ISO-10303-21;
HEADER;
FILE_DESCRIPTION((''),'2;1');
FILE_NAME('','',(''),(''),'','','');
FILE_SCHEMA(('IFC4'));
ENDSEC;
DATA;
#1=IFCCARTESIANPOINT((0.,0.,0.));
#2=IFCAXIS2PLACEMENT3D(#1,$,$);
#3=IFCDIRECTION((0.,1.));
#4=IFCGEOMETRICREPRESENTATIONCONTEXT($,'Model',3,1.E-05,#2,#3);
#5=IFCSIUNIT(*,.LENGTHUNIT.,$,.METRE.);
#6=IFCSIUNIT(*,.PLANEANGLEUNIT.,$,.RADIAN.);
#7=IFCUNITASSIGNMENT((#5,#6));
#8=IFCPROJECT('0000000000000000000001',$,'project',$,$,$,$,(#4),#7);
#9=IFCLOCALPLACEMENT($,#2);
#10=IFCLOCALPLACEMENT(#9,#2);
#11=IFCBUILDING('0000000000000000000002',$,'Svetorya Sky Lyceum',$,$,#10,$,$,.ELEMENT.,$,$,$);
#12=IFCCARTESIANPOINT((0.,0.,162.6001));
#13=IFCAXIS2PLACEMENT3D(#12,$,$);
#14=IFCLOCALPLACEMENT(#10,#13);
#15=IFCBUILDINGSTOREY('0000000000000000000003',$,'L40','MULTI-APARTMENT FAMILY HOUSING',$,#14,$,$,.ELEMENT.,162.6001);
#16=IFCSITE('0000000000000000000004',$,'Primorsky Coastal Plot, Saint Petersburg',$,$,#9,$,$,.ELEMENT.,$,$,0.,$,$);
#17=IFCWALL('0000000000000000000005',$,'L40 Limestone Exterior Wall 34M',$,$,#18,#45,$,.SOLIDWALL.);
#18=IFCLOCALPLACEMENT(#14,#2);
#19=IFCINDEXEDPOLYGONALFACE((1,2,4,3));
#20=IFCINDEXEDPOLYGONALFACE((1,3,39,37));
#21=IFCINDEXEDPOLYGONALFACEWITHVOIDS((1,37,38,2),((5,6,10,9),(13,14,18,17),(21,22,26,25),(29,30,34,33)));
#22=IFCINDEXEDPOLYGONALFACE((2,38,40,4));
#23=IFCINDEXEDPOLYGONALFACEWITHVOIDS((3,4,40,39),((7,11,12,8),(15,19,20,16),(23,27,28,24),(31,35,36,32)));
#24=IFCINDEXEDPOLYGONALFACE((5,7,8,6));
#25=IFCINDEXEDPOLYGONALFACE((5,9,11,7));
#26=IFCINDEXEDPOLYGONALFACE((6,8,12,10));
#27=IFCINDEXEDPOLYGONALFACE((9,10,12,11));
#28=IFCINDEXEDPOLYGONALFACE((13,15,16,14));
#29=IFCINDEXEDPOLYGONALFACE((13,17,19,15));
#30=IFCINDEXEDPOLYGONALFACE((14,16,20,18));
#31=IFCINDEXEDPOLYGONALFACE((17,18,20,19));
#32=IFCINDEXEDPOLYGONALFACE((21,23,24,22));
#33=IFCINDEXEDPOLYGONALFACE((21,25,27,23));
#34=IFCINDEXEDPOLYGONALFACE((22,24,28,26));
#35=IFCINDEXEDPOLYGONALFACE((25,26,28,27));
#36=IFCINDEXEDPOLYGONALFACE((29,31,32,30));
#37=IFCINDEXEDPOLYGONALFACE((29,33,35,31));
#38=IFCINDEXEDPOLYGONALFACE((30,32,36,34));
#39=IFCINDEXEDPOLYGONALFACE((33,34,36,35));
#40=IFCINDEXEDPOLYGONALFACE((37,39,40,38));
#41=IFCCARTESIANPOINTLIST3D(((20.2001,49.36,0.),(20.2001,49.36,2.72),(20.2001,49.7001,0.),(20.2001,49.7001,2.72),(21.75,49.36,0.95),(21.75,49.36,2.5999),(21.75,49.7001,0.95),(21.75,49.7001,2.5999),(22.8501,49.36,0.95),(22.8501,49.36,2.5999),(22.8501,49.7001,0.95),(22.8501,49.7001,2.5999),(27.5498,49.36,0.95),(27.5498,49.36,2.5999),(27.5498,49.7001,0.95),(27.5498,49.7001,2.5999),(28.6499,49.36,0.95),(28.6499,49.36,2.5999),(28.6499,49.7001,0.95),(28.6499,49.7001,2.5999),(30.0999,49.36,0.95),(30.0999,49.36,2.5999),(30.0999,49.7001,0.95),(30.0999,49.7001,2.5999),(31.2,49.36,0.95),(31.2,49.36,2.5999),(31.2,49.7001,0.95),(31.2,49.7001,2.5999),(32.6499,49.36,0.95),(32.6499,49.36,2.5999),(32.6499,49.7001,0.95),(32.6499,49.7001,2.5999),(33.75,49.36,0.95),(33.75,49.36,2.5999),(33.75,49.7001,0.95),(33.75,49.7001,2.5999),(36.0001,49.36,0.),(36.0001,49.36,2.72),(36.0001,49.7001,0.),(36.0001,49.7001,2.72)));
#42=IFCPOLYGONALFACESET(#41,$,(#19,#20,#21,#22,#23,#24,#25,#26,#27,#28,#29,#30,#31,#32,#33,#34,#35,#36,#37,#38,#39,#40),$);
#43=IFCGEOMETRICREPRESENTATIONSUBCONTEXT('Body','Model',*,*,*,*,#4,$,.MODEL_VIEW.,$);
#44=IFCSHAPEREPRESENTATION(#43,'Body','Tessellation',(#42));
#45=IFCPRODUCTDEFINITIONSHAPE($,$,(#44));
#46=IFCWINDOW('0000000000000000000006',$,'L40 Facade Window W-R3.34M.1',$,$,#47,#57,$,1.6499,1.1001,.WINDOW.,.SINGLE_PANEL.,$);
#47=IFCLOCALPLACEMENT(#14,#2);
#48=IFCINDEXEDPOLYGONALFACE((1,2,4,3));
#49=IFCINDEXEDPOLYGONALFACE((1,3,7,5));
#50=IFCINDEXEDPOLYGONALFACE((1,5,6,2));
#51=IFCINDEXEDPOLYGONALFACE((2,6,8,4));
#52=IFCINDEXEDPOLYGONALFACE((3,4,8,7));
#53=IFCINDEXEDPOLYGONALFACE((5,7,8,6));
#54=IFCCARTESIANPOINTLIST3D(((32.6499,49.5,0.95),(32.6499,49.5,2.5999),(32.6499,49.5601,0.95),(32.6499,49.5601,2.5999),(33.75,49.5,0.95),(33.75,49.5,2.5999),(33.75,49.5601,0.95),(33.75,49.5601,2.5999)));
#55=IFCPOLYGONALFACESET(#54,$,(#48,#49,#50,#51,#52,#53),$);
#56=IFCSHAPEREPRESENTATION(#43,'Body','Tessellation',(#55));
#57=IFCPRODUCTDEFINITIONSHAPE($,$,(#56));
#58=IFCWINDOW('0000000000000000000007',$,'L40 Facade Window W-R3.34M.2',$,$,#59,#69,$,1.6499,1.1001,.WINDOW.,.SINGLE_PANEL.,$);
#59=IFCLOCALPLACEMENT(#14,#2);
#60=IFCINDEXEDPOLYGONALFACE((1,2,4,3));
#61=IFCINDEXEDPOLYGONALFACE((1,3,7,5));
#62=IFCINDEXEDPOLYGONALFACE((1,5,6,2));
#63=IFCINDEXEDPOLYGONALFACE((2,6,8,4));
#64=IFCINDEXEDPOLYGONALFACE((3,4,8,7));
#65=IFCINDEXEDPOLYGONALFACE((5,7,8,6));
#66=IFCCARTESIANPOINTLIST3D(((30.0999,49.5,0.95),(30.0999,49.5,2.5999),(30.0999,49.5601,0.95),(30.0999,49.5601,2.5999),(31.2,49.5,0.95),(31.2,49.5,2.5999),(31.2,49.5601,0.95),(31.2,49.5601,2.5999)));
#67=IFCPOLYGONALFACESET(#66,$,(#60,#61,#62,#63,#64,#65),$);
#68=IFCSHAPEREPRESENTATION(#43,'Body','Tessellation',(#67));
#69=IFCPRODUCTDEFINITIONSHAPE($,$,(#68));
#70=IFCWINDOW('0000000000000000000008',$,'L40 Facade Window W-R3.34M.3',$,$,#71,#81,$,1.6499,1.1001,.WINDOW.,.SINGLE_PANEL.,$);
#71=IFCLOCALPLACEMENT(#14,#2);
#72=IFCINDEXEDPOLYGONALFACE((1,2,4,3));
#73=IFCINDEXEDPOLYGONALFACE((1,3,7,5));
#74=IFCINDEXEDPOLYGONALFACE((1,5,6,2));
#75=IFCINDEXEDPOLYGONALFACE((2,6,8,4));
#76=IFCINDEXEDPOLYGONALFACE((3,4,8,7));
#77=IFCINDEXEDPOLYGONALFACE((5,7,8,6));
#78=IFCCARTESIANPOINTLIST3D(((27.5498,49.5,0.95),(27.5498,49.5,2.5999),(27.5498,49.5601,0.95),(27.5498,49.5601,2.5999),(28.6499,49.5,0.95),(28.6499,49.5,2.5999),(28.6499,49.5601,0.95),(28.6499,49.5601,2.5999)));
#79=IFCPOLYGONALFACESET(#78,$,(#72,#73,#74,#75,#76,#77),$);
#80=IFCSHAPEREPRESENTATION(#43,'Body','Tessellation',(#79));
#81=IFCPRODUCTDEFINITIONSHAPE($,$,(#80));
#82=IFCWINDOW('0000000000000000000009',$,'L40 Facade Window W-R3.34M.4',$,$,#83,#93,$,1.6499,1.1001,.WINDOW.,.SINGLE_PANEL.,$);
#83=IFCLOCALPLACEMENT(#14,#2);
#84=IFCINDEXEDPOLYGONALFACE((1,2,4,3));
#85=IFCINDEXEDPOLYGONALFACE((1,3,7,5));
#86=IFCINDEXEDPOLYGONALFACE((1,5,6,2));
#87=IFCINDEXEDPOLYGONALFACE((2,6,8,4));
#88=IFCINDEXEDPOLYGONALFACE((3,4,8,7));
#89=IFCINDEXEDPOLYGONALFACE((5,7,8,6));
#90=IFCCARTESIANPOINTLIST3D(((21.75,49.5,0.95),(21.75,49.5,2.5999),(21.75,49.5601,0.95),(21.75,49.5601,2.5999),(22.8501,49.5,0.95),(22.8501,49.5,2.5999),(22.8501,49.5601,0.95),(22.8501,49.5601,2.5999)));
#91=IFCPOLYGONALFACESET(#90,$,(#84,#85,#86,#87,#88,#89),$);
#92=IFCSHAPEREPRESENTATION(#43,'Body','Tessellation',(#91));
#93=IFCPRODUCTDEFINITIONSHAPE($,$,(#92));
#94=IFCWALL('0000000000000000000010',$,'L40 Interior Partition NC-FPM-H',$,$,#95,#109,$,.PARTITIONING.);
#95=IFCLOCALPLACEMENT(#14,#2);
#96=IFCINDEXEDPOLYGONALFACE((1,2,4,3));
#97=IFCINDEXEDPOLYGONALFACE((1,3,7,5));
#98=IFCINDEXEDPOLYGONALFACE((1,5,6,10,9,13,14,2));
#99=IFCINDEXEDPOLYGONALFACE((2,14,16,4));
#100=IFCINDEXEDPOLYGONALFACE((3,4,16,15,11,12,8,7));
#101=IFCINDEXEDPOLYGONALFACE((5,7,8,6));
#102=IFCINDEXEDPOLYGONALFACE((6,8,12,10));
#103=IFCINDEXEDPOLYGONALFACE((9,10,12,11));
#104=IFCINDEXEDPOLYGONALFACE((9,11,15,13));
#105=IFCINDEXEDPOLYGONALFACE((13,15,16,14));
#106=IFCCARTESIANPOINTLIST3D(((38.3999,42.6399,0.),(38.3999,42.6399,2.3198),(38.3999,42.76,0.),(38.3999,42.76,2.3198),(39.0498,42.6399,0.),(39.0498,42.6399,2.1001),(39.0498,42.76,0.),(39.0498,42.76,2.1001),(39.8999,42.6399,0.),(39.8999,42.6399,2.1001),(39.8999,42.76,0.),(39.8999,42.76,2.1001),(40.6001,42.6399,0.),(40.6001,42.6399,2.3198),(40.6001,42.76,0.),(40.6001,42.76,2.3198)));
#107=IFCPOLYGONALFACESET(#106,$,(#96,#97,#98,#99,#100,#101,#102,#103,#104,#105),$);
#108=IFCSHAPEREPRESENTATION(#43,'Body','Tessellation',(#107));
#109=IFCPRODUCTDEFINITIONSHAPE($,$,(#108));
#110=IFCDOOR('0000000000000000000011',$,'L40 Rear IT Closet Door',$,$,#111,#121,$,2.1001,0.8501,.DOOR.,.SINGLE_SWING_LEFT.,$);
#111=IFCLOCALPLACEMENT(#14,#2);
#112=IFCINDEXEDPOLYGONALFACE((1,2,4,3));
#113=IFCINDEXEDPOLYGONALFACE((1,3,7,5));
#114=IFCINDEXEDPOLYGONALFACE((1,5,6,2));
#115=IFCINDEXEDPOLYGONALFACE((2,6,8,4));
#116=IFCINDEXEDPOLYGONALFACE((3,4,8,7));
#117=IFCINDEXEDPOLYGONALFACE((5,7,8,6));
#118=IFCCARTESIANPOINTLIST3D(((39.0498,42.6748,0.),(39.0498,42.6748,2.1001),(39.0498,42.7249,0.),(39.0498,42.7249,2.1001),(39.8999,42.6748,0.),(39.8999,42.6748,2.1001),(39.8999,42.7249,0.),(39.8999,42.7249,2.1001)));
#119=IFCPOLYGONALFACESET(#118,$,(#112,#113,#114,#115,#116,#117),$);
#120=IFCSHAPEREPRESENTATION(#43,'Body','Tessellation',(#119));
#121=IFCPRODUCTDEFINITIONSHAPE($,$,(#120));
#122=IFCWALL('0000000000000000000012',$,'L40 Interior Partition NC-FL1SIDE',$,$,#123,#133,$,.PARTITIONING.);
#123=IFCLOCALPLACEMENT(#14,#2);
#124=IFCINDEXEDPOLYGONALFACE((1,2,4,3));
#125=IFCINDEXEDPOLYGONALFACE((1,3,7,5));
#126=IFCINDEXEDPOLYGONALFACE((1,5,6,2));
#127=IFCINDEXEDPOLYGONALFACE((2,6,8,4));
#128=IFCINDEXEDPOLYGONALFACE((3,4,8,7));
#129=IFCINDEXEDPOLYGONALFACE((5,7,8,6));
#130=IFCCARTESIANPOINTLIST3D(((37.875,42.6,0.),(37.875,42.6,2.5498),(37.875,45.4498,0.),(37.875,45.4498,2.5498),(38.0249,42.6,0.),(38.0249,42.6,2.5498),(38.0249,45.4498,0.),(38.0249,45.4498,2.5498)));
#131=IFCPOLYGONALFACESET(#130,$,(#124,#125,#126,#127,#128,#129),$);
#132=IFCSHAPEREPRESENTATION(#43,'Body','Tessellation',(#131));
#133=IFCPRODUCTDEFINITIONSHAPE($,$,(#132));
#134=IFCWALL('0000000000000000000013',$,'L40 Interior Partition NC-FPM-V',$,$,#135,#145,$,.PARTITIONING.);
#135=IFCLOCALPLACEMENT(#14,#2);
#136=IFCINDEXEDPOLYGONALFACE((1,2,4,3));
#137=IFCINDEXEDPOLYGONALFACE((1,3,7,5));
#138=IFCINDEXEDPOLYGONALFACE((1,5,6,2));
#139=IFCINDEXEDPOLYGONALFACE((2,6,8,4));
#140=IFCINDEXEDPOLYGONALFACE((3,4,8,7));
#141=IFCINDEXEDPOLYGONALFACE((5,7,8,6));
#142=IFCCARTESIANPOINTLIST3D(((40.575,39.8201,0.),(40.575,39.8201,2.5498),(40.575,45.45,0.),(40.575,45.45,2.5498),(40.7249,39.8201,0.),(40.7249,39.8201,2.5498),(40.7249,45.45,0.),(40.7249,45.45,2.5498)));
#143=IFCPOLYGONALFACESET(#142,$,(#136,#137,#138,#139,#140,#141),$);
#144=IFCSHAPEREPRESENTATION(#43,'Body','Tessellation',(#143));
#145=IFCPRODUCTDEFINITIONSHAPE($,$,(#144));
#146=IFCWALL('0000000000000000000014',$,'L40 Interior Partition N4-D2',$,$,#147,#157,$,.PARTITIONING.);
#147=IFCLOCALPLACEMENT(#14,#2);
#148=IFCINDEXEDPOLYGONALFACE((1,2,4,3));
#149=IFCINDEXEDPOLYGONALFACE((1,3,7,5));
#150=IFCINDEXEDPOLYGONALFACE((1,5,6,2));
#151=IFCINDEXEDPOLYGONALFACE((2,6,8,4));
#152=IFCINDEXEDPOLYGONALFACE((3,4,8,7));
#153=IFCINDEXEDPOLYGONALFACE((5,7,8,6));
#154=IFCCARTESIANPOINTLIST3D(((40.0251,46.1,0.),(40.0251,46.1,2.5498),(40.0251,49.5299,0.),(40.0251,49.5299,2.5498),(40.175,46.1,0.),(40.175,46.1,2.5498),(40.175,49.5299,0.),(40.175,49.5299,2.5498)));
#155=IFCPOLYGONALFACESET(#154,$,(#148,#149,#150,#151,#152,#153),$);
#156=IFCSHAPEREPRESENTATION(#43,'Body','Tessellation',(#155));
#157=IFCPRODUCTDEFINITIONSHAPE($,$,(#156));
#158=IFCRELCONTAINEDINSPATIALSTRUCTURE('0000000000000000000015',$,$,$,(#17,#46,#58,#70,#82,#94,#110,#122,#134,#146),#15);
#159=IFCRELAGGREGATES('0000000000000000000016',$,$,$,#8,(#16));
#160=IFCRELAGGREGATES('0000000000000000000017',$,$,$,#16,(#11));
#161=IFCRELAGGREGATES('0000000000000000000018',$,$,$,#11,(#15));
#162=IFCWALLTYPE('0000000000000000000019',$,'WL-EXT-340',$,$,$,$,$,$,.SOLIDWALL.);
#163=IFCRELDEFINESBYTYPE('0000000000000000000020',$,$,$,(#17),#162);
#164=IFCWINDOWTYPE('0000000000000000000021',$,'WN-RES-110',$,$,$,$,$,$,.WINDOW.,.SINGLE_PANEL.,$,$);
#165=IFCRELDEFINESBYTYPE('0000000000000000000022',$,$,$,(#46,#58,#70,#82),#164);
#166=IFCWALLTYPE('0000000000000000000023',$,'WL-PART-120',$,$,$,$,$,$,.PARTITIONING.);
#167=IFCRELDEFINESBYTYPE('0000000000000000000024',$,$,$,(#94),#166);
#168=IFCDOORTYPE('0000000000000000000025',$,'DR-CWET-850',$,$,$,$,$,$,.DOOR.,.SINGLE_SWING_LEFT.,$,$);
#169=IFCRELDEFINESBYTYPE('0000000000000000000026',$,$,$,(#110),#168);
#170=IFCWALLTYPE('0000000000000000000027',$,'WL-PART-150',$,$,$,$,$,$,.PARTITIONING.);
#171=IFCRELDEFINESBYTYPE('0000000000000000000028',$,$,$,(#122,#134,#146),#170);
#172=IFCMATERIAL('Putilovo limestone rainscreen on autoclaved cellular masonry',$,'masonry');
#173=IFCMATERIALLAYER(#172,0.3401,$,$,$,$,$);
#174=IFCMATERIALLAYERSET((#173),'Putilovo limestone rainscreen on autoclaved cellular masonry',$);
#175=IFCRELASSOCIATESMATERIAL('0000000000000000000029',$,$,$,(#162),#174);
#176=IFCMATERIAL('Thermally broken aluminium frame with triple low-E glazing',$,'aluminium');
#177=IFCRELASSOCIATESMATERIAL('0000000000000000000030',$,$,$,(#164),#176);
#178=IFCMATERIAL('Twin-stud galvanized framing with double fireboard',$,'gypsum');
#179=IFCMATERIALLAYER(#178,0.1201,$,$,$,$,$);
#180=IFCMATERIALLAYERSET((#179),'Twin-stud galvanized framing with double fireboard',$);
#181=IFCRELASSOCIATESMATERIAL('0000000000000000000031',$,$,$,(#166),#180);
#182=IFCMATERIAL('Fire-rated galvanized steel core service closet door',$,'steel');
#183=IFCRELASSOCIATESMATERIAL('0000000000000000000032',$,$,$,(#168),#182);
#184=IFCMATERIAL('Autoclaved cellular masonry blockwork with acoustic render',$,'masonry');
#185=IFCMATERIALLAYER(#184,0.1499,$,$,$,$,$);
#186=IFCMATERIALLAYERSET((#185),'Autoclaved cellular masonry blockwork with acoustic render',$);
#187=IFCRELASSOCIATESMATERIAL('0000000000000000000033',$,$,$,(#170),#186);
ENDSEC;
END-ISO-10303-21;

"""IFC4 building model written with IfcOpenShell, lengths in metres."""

from ifc_helpers import new_model, si_unit, direction, frame, frame_2d, origin, place, context, subcontext, project, spatial, rectangle, extrude, material, layer, layer_set, type_object, element, fill, save


model = new_model("IFC4")

# Units and contexts
model_context = context("Model", 3, precision=1e-05, world=origin(), true_north=direction((0.0, 1.0)))
body_context = subcontext(model_context, "Body", "Model", "MODEL_VIEW")
ifc_project = project(units=[si_unit("LENGTHUNIT", "METRE"), si_unit("PLANEANGLEUNIT", "RADIAN")], contexts=[model_context])

# Site, building, storey
site_placement = place(None, origin())
site = spatial("IfcSite", under=ifc_project, at=site_placement, Name="Primorsky Coastal Plot, Saint Petersburg", CompositionType="ELEMENT", RefElevation=0.0)
building_placement = place(site_placement, origin())
building = spatial("IfcBuilding", under=site, at=building_placement, Name="Svetorya Sky Lyceum", CompositionType="ELEMENT")
storey_placement = place(building_placement, frame((0.0, 0.0, 162.6001)))
storey = spatial("IfcBuildingStorey", under=building, at=storey_placement, Name="L40", Description="MULTI-APARTMENT FAMILY HOUSING", CompositionType="ELEMENT", Elevation=162.6001)

# Shared definitions
ifc_material_1 = material(Name="Putilovo limestone rainscreen on autoclaved cellular masonry", Category="masonry")
ifc_layer_1 = layer(ifc_material_1, 0.3401)
ifc_layer_set_1 = layer_set([ifc_layer_1], Name="Putilovo limestone rainscreen on autoclaved cellular masonry")
wall_type_1 = type_object("IfcWallType", Name="WL-EXT-340", PredefinedType="SOLIDWALL", material=ifc_layer_set_1)

# Wall, openings, windows
wall_1_placement = place(storey_placement, frame((36.0, 49.53, 0.0), z_axis=(0.0, 0.0, 1.0), x_axis=(-1.0, 0.0, 0.0)))
wall_1 = element("IfcWall", 1, at=wall_1_placement, inside=storey, type_object=wall_type_1, Name="L40 Limestone Exterior Wall 34M", PredefinedType="SOLIDWALL", context=body_context, shape_type="SweptSolid", body=[
    extrude(rectangle(XDim=15.8, YDim=0.3401, at=frame_2d((7.8999, 0.0))), origin(), (0.0, 0.0, 1.0), 2.72),
])
opening_1_placement = place(wall_1_placement, frame((2.25, 0.0, 0.95)))
opening_1 = element("IfcOpeningElement", 2, at=opening_1_placement, cuts=wall_1, PredefinedType="OPENING", context=body_context, shape_type="SweptSolid", body=[
    extrude(rectangle(XDim=1.1001, YDim=1.6499, at=frame_2d((0.55, 0.825))), frame((0.0, 0.1799, 0.0), z_axis=(0.0, -1.0, 0.0), x_axis=(1.0, 0.0, 0.0)), (0.0, 0.0, 1.0), 0.3601),
])
opening_2_placement = place(wall_1_placement, frame((4.8, 0.0, 0.95)))
opening_2 = element("IfcOpeningElement", 3, at=opening_2_placement, cuts=wall_1, PredefinedType="OPENING", context=body_context, shape_type="SweptSolid", body=[
    extrude(rectangle(XDim=1.1001, YDim=1.6499, at=frame_2d((0.55, 0.825))), frame((0.0, 0.1799, 0.0), z_axis=(0.0, -1.0, 0.0), x_axis=(1.0, 0.0, 0.0)), (0.0, 0.0, 1.0), 0.3601),
])
opening_3_placement = place(wall_1_placement, frame((7.3501, 0.0, 0.95)))
opening_3 = element("IfcOpeningElement", 4, at=opening_3_placement, cuts=wall_1, PredefinedType="OPENING", context=body_context, shape_type="SweptSolid", body=[
    extrude(rectangle(XDim=1.1001, YDim=1.6499, at=frame_2d((0.55, 0.825))), frame((0.0, 0.1799, 0.0), z_axis=(0.0, -1.0, 0.0), x_axis=(1.0, 0.0, 0.0)), (0.0, 0.0, 1.0), 0.3601),
])
opening_4_placement = place(wall_1_placement, frame((13.1499, 0.0, 0.95)))
opening_4 = element("IfcOpeningElement", 5, at=opening_4_placement, cuts=wall_1, PredefinedType="OPENING", context=body_context, shape_type="SweptSolid", body=[
    extrude(rectangle(XDim=1.1001, YDim=1.6499, at=frame_2d((0.55, 0.825))), frame((0.0, 0.1799, 0.0), z_axis=(0.0, -1.0, 0.0), x_axis=(1.0, 0.0, 0.0)), (0.0, 0.0, 1.0), 0.3601),
])
ifc_material_2 = material(Name="Thermally broken aluminium frame with triple low-E glazing", Category="aluminium")
window_type = type_object("IfcWindowType", Name="WN-RES-110", PartitioningType="SINGLE_PANEL", PredefinedType="WINDOW", material=ifc_material_2)
window_1_placement = place(opening_1_placement, origin())
window_1 = element("IfcWindow", 6, at=window_1_placement, inside=storey, type_object=window_type, Name="L40 Facade Window W-R3.34M.1", OverallHeight=1.6499, OverallWidth=1.1001, PartitioningType="SINGLE_PANEL", PredefinedType="WINDOW", context=body_context, shape_type="SweptSolid", body=[
    extrude(rectangle(XDim=1.1001, YDim=1.6499, at=frame_2d((0.55, 0.825))), frame((0.0, 0.03, 0.0), z_axis=(0.0, -1.0, 0.0), x_axis=(1.0, 0.0, 0.0)), (0.0, 0.0, 1.0), 0.0601),
])
fill(opening_1, window_1)
window_2_placement = place(opening_2_placement, origin())
window_2 = element("IfcWindow", 7, at=window_2_placement, inside=storey, type_object=window_type, Name="L40 Facade Window W-R3.34M.2", OverallHeight=1.6499, OverallWidth=1.1001, PartitioningType="SINGLE_PANEL", PredefinedType="WINDOW", context=body_context, shape_type="SweptSolid", body=[
    extrude(rectangle(XDim=1.1001, YDim=1.6499, at=frame_2d((0.55, 0.825))), frame((0.0, 0.03, 0.0), z_axis=(0.0, -1.0, 0.0), x_axis=(1.0, 0.0, 0.0)), (0.0, 0.0, 1.0), 0.0601),
])
fill(opening_2, window_2)
window_3_placement = place(opening_3_placement, origin())
window_3 = element("IfcWindow", 8, at=window_3_placement, inside=storey, type_object=window_type, Name="L40 Facade Window W-R3.34M.3", OverallHeight=1.6499, OverallWidth=1.1001, PartitioningType="SINGLE_PANEL", PredefinedType="WINDOW", context=body_context, shape_type="SweptSolid", body=[
    extrude(rectangle(XDim=1.1001, YDim=1.6499, at=frame_2d((0.55, 0.825))), frame((0.0, 0.03, 0.0), z_axis=(0.0, -1.0, 0.0), x_axis=(1.0, 0.0, 0.0)), (0.0, 0.0, 1.0), 0.0601),
])
fill(opening_3, window_3)
window_4_placement = place(opening_4_placement, origin())
window_4 = element("IfcWindow", 9, at=window_4_placement, inside=storey, type_object=window_type, Name="L40 Facade Window W-R3.34M.4", OverallHeight=1.6499, OverallWidth=1.1001, PartitioningType="SINGLE_PANEL", PredefinedType="WINDOW", context=body_context, shape_type="SweptSolid", body=[
    extrude(rectangle(XDim=1.1001, YDim=1.6499, at=frame_2d((0.55, 0.825))), frame((0.0, 0.03, 0.0), z_axis=(0.0, -1.0, 0.0), x_axis=(1.0, 0.0, 0.0)), (0.0, 0.0, 1.0), 0.0601),
])
fill(opening_4, window_4)

# Wall, opening, door
ifc_material_3 = material(Name="Twin-stud galvanized framing with double fireboard", Category="gypsum")
ifc_layer_2 = layer(ifc_material_3, 0.1201)
ifc_layer_set_2 = layer_set([ifc_layer_2], Name="Twin-stud galvanized framing with double fireboard")
wall_type_2 = type_object("IfcWallType", Name="WL-PART-120", PredefinedType="PARTITIONING", material=ifc_layer_set_2)
wall_2_placement = place(storey_placement, frame((38.3999, 42.7, 0.0), z_axis=(0.0, 0.0, 1.0), x_axis=(1.0, 0.0, 0.0)))
wall_2 = element("IfcWall", 10, at=wall_2_placement, inside=storey, type_object=wall_type_2, Name="L40 Interior Partition NC-FPM-H", PredefinedType="PARTITIONING", context=body_context, shape_type="SweptSolid", body=[
    extrude(rectangle(XDim=2.2002, YDim=0.1201, at=frame_2d((1.1001, 0.0))), origin(), (0.0, 0.0, 1.0), 2.3198),
])
opening_5_placement = place(wall_2_placement, frame((0.6499, 0.0, 0.0)))
opening_5 = element("IfcOpeningElement", 11, at=opening_5_placement, cuts=wall_2, PredefinedType="OPENING", context=body_context, shape_type="SweptSolid", body=[
    extrude(rectangle(XDim=0.8501, YDim=2.1001, at=frame_2d((0.425, 1.05))), frame((0.0, 0.0701, 0.0), z_axis=(0.0, -1.0, 0.0), x_axis=(1.0, 0.0, 0.0)), (0.0, 0.0, 1.0), 0.1401),
])
ifc_material_4 = material(Name="Fire-rated galvanized steel core service closet door", Category="steel")
door_type_1 = type_object("IfcDoorType", Name="DR-CWET-850", OperationType="SINGLE_SWING_LEFT", PredefinedType="DOOR", material=ifc_material_4)
door_1_placement = place(opening_5_placement, origin())
door_1 = element("IfcDoor", 12, at=door_1_placement, inside=storey, type_object=door_type_1, Name="L40 Rear IT Closet Door", OperationType="SINGLE_SWING_LEFT", OverallHeight=2.1001, OverallWidth=0.8501, PredefinedType="DOOR", context=body_context, shape_type="SweptSolid", body=[
    extrude(rectangle(XDim=0.8501, YDim=2.1001, at=frame_2d((0.425, 1.05))), frame((0.0, 0.0249, 0.0), z_axis=(0.0, -1.0, 0.0), x_axis=(1.0, 0.0, 0.0)), (0.0, 0.0, 1.0), 0.05),
])
fill(opening_5, door_1)

# Walls
ifc_material_5 = material(Name="Autoclaved cellular masonry blockwork with acoustic render", Category="masonry")
ifc_layer_3 = layer(ifc_material_5, 0.1499)
ifc_layer_set_3 = layer_set([ifc_layer_3], Name="Autoclaved cellular masonry blockwork with acoustic render")
wall_type_3 = type_object("IfcWallType", Name="WL-PART-150", PredefinedType="PARTITIONING", material=ifc_layer_set_3)
wall_3_placement = place(storey_placement, frame((37.95, 42.6001, 0.0), z_axis=(0.0, 0.0, 1.0), x_axis=(0.0, 1.0, 0.0)))
element("IfcWall", 13, at=wall_3_placement, inside=storey, type_object=wall_type_3, Name="L40 Interior Partition NC-FL1SIDE", PredefinedType="PARTITIONING", context=body_context, shape_type="SweptSolid", body=[
    extrude(rectangle(XDim=2.8499, YDim=0.1499, at=frame_2d((1.4248, 0.0))), origin(), (0.0, 0.0, 1.0), 2.5498),
])
wall_4_placement = place(storey_placement, frame((40.6499, 39.8201, 0.0), z_axis=(0.0, 0.0, 1.0), x_axis=(0.0, 1.0, 0.0)))
element("IfcWall", 14, at=wall_4_placement, inside=storey, type_object=wall_type_3, Name="L40 Interior Partition NC-FPM-V", PredefinedType="PARTITIONING", context=body_context, shape_type="SweptSolid", body=[
    extrude(rectangle(XDim=5.6299, YDim=0.1499, at=frame_2d((2.8149, 0.0))), origin(), (0.0, 0.0, 1.0), 2.5498),
])
wall_5_placement = place(storey_placement, frame((40.1001, 46.1001, 0.0), z_axis=(0.0, 0.0, 1.0), x_axis=(0.0, 1.0, 0.0)))
element("IfcWall", 15, at=wall_5_placement, inside=storey, type_object=wall_type_3, Name="L40 Interior Partition N4-D2", PredefinedType="PARTITIONING", context=body_context, shape_type="SweptSolid", body=[
    extrude(rectangle(XDim=3.4299, YDim=0.1499, at=frame_2d((1.7148, 0.0))), origin(), (0.0, 0.0, 1.0), 2.5498),
])

save(model, "model.ifc")
